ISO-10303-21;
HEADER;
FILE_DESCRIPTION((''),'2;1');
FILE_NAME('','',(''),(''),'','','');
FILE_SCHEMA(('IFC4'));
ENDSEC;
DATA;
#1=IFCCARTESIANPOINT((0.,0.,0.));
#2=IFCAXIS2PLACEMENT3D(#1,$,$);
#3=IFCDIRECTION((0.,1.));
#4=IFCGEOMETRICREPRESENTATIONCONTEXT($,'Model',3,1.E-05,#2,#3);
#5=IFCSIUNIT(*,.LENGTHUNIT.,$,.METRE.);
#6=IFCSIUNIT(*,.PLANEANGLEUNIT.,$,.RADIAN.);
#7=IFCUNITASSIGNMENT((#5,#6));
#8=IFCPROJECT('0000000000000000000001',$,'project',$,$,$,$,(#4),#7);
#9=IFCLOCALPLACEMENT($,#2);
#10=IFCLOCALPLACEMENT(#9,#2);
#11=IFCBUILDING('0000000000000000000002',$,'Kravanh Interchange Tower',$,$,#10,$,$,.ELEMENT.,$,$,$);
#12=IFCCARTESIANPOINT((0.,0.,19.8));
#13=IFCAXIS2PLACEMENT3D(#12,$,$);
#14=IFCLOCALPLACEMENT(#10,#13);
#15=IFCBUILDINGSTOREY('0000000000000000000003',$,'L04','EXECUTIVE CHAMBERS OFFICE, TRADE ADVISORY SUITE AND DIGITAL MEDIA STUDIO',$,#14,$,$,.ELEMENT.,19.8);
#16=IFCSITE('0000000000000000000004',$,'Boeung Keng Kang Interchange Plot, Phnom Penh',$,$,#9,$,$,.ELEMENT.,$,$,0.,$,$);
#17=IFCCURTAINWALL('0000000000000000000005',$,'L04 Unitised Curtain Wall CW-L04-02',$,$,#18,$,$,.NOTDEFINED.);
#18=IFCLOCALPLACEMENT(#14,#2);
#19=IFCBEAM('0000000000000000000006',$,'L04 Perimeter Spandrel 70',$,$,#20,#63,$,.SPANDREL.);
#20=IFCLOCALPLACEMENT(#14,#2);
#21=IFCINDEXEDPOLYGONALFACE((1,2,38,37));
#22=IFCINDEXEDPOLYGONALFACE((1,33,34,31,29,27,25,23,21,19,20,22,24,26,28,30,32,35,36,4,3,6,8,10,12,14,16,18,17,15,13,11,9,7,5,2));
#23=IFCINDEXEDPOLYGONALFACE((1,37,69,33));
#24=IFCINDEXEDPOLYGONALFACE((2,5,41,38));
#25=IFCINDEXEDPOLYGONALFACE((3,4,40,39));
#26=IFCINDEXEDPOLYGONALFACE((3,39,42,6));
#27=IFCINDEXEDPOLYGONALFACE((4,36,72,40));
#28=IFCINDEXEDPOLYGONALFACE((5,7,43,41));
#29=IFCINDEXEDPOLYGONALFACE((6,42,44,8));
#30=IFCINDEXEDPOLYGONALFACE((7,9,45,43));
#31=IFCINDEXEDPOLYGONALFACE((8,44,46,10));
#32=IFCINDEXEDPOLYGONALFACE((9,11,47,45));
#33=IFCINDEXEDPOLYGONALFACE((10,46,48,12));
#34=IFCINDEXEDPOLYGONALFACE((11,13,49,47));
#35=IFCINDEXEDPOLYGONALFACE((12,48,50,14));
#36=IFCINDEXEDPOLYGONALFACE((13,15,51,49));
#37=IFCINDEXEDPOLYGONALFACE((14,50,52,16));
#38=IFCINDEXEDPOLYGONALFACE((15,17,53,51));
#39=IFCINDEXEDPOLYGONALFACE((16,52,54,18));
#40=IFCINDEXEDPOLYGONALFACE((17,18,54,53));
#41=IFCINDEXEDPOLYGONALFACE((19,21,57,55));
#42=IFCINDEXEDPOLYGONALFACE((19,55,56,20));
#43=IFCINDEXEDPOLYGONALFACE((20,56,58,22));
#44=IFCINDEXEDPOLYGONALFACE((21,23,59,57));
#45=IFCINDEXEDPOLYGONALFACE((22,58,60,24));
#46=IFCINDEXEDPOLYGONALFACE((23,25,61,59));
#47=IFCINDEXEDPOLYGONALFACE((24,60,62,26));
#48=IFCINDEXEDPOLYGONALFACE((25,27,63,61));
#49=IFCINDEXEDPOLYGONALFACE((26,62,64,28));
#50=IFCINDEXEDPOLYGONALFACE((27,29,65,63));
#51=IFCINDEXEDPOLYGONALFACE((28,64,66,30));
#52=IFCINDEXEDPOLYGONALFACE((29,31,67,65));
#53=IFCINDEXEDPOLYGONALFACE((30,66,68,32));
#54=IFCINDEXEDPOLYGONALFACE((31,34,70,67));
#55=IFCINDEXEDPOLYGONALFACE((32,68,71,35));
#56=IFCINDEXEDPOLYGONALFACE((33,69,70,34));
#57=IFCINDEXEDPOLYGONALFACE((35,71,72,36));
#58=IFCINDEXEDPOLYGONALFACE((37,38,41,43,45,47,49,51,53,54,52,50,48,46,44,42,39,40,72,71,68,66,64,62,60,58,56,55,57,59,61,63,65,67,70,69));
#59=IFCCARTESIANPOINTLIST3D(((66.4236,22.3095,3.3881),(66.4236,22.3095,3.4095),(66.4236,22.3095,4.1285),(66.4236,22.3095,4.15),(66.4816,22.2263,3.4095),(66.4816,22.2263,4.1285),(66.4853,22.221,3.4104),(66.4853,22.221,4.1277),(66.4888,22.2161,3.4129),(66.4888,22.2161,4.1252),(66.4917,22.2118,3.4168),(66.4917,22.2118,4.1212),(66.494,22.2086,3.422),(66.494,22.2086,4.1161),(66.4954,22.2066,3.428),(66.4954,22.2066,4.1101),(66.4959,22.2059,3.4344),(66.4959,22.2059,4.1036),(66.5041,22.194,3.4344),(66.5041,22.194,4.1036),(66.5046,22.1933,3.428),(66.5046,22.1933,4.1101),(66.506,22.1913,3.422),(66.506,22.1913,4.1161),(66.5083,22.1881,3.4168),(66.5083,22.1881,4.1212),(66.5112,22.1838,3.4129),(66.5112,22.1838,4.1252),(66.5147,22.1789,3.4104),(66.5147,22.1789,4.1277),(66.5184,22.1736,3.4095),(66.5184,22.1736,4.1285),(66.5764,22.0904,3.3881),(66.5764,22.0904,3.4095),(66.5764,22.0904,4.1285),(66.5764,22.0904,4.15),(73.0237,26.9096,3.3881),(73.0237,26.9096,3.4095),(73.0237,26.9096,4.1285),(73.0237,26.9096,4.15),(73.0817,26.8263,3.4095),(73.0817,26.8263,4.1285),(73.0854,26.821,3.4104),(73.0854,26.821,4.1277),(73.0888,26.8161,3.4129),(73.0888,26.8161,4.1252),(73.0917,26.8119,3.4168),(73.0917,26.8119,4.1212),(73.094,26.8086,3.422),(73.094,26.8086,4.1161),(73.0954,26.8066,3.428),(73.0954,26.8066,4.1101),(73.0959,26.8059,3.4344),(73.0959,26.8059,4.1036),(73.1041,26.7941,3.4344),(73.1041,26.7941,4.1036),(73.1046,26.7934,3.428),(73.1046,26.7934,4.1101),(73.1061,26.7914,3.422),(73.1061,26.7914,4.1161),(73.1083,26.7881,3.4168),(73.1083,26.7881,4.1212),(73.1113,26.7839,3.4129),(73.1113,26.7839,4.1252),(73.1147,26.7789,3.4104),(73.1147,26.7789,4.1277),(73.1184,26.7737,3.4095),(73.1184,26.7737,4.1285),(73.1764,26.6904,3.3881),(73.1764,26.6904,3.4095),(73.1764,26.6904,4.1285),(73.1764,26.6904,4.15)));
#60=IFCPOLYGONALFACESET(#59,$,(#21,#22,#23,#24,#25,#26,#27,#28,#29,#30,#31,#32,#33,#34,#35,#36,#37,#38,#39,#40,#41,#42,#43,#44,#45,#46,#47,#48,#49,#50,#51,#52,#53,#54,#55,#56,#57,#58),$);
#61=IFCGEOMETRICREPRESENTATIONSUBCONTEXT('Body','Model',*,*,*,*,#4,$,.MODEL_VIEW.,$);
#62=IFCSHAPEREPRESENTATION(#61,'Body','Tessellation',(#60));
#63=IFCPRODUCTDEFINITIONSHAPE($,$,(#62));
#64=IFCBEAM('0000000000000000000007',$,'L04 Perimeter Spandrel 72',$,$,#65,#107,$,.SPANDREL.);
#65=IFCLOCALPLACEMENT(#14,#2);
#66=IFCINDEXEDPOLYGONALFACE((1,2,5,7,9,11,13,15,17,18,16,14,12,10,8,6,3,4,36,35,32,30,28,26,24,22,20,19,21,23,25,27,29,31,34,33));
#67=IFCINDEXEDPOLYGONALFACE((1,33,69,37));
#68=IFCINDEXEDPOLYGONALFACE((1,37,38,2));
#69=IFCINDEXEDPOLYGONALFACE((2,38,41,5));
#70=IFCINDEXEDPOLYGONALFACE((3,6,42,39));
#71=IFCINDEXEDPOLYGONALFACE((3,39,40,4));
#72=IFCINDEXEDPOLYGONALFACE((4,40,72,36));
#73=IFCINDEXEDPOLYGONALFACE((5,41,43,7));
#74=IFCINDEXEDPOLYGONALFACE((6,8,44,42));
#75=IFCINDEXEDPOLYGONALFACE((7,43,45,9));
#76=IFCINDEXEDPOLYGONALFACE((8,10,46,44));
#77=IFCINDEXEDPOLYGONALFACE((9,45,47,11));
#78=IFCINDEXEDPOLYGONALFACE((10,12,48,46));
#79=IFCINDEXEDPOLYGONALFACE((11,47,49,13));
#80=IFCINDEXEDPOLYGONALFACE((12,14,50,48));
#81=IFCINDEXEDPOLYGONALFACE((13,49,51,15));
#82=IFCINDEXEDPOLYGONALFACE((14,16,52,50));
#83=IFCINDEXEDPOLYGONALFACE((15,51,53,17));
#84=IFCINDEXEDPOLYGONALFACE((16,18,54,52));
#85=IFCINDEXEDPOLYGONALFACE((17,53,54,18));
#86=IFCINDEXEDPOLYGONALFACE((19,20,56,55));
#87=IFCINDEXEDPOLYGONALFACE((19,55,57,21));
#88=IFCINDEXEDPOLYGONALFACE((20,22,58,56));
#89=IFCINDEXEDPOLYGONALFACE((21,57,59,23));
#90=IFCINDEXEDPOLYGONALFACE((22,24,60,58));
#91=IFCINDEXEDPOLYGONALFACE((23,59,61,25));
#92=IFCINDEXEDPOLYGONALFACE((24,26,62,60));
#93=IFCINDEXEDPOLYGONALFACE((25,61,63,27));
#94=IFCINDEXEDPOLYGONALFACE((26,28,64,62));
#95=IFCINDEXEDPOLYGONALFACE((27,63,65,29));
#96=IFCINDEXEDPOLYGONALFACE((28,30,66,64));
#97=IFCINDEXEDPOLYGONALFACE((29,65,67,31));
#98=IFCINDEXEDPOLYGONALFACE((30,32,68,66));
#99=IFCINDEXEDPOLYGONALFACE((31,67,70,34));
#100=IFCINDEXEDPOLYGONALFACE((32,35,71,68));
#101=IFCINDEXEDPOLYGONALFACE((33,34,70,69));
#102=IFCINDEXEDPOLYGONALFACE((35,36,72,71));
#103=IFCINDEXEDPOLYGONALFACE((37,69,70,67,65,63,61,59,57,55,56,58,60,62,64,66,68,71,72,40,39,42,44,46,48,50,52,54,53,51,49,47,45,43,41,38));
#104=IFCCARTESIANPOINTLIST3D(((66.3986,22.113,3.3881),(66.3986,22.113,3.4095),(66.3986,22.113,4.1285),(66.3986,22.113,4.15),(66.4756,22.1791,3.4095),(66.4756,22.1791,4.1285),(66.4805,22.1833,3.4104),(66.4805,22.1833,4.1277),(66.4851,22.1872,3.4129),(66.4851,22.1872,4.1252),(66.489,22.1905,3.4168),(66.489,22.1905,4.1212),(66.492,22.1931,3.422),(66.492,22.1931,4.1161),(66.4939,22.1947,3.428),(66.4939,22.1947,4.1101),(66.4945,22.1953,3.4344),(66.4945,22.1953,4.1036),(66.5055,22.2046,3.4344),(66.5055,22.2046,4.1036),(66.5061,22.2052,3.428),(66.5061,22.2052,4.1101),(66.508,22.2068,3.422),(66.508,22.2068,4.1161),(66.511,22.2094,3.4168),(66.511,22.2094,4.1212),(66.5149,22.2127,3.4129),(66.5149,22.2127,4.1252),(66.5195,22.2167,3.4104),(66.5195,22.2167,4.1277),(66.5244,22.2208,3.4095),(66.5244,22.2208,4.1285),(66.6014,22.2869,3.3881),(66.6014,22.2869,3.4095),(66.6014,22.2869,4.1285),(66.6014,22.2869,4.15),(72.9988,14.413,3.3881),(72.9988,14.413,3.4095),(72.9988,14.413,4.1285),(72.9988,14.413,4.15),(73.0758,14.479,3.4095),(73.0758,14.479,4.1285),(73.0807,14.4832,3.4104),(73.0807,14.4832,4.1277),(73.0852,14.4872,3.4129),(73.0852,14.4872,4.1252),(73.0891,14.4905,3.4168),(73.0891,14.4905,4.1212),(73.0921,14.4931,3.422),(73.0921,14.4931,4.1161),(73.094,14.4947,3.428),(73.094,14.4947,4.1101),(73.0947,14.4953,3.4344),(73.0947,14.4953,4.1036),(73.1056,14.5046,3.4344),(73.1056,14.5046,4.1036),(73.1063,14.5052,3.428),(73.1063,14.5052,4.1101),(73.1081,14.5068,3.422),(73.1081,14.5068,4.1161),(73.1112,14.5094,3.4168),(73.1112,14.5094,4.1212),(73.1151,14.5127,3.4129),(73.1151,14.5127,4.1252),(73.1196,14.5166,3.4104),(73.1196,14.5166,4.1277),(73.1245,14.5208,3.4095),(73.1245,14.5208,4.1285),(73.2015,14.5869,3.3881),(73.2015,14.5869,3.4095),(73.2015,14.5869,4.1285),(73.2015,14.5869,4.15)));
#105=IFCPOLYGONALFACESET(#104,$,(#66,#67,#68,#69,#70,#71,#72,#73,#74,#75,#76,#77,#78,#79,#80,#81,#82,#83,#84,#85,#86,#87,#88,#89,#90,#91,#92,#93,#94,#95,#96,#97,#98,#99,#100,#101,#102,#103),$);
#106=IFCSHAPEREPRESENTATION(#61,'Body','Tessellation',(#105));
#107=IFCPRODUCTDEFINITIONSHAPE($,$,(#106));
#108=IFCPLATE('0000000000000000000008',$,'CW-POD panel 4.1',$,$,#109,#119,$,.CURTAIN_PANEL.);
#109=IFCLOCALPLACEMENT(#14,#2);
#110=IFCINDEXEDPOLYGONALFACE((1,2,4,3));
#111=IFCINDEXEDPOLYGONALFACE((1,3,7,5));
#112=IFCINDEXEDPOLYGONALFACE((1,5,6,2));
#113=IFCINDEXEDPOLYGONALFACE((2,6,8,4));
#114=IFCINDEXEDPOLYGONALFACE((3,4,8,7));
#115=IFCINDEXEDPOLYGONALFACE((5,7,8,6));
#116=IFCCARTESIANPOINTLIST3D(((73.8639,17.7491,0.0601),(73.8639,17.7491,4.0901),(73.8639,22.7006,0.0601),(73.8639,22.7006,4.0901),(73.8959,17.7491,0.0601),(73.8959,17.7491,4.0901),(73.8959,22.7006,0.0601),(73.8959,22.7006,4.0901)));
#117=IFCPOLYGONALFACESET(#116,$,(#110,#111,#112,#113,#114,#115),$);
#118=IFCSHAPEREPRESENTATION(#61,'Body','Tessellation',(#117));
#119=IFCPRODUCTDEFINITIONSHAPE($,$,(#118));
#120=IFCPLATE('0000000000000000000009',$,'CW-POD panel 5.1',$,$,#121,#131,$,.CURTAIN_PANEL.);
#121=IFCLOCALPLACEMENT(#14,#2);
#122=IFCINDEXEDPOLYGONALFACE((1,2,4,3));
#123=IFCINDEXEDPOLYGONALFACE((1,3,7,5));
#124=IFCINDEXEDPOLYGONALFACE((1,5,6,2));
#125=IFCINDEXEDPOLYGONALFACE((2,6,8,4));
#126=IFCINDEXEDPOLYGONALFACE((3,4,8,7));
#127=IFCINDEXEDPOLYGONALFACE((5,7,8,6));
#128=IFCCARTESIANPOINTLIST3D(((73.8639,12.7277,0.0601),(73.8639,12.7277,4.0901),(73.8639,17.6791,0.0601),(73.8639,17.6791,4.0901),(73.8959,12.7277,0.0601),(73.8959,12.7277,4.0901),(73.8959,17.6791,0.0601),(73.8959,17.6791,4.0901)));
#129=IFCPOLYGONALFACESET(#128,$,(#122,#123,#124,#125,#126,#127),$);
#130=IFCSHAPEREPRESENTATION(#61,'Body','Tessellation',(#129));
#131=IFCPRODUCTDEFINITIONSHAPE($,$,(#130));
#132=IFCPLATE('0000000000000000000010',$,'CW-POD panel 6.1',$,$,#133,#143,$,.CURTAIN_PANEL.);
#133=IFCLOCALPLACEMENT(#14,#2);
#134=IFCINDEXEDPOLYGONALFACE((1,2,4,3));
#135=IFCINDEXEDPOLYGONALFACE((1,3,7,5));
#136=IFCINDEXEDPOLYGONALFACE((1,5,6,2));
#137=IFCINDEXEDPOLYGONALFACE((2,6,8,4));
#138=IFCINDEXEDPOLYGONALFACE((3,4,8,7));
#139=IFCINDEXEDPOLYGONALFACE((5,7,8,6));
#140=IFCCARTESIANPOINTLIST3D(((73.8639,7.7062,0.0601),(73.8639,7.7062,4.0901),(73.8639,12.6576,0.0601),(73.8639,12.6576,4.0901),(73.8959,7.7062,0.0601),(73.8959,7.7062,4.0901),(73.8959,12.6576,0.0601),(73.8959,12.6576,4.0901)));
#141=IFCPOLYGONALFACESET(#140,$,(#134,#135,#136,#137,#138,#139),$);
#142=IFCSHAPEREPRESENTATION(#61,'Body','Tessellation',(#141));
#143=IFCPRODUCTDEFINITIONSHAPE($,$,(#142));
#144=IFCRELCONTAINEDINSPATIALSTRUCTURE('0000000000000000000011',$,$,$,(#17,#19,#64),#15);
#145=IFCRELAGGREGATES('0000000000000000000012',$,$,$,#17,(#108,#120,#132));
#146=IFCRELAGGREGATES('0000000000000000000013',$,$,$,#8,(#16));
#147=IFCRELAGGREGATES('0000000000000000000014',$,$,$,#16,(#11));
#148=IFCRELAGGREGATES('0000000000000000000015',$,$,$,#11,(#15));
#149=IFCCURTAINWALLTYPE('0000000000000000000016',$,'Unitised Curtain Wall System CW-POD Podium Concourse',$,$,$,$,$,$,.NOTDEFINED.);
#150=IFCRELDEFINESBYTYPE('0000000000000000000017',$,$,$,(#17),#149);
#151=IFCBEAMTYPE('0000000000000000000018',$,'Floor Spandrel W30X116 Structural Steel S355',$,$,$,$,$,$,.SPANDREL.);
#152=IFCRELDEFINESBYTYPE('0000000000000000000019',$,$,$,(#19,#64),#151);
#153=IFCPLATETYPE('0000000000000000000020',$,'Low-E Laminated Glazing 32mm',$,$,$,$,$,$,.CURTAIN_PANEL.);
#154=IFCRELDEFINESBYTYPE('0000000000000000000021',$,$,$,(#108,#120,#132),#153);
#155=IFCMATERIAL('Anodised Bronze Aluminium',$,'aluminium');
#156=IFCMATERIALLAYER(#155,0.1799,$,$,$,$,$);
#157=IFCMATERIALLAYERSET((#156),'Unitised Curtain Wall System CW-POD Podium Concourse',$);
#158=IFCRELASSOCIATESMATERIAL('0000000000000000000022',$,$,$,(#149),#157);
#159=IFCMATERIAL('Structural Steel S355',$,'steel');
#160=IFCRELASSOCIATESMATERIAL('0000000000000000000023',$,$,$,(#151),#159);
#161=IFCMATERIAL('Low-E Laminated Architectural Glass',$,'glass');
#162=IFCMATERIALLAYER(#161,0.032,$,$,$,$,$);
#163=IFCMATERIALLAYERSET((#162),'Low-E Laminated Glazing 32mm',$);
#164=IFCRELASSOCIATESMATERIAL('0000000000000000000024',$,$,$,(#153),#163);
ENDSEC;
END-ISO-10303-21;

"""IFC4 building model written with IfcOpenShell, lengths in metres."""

from ifc_helpers import new_model, si_unit, direction, frame, origin, origin_2d, place, context, subcontext, project, spatial, rectangle, i_section, extrude, material, layer, layer_set, material_profile, profile_set, type_object, element, aggregate, save


model = new_model("IFC4")

# Units and contexts
model_context = context("Model", 3, precision=1e-05, world=origin(), true_north=direction((0.0, 1.0)))
body_context = subcontext(model_context, "Body", "Model", "MODEL_VIEW")
ifc_project = project(units=[si_unit("LENGTHUNIT", "METRE"), si_unit("PLANEANGLEUNIT", "RADIAN")], contexts=[model_context])

# Site, building, storey
site_placement = place(None, origin())
site = spatial("IfcSite", under=ifc_project, at=site_placement, Name="Boeung Keng Kang Interchange Plot, Phnom Penh", CompositionType="ELEMENT", RefElevation=0.0)
building_placement = place(site_placement, origin())
building = spatial("IfcBuilding", under=site, at=building_placement, Name="Kravanh Interchange Tower", CompositionType="ELEMENT")
storey_placement = place(building_placement, frame((0.0, 0.0, 19.8)))
storey = spatial("IfcBuildingStorey", under=building, at=storey_placement, Name="L04", Description="EXECUTIVE CHAMBERS OFFICE, TRADE ADVISORY SUITE AND DIGITAL MEDIA STUDIO", CompositionType="ELEMENT", Elevation=19.8)

# Curtain wall
ifc_material_1 = material(Name="Anodised Bronze Aluminium", Category="aluminium")
ifc_layer_1 = layer(ifc_material_1, 0.1799)
ifc_layer_set_1 = layer_set([ifc_layer_1], Name="Unitised Curtain Wall System CW-POD Podium Concourse")
curtain_wall_type = type_object("IfcCurtainWallType", Name="Unitised Curtain Wall System CW-POD Podium Concourse", PredefinedType="NOTDEFINED", material=ifc_layer_set_1)
curtain_wall_placement = place(storey_placement, origin())
curtain_wall = element("IfcCurtainWall", 1, at=curtain_wall_placement, inside=storey, type_object=curtain_wall_type, Name="L04 Unitised Curtain Wall CW-L04-02", PredefinedType="NOTDEFINED")

# Beams
ifc_material_2 = material(Name="Structural Steel S355", Category="steel")
ifc_material_profile_1 = material_profile(ifc_material_2, i_section(OverallWidth=0.2671, OverallDepth=0.762, WebThickness=0.0144, FlangeThickness=0.0215, FilletRadius=0.0249, at=origin_2d()), Name="W30X116")
ifc_profile_set_1 = profile_set([ifc_material_profile_1], Name="Structural Steel S355")
beam_type_1 = type_object("IfcBeamType", Name="Floor Spandrel W30X116 Structural Steel S355", PredefinedType="SPANDREL", material=ifc_profile_set_1)
beam_1_placement = place(storey_placement, frame((66.5, 22.2, 3.769), z_axis=(0.820396, 0.571795, 0.0), x_axis=(-0.571795, 0.820396, 0.0)))
element("IfcBeam", 2, at=beam_1_placement, inside=storey, type_object=beam_type_1, Name="L04 Perimeter Spandrel 70", PredefinedType="SPANDREL", context=body_context, shape_type="SweptSolid", body=[
    extrude(i_section(OverallWidth=0.2671, OverallDepth=0.762, WebThickness=0.0144, FlangeThickness=0.0215, FilletRadius=0.0249, at=origin_2d()), origin(), (0.0, 0.0, 1.0), 8.0449),
])
beam_2_placement = place(storey_placement, frame((66.5, 22.2, 3.769), z_axis=(0.650799, -0.75925, 0.0), x_axis=(0.75925, 0.650799, 0.0)))
element("IfcBeam", 3, at=beam_2_placement, inside=storey, type_object=beam_type_1, Name="L04 Perimeter Spandrel 72", PredefinedType="SPANDREL", context=body_context, shape_type="SweptSolid", body=[
    extrude(i_section(OverallWidth=0.2671, OverallDepth=0.762, WebThickness=0.0144, FlangeThickness=0.0215, FilletRadius=0.0249, at=origin_2d()), origin(), (0.0, 0.0, 1.0), 10.1416),
])

# Plates
ifc_material_3 = material(Name="Low-E Laminated Architectural Glass", Category="glass")
ifc_layer_2 = layer(ifc_material_3, 0.032)
ifc_layer_set_2 = layer_set([ifc_layer_2], Name="Low-E Laminated Glazing 32mm")
plate_type = type_object("IfcPlateType", Name="Low-E Laminated Glazing 32mm", PredefinedType="CURTAIN_PANEL", material=ifc_layer_set_2)
plate_1_placement = place(storey_placement, frame((73.8799, 20.2249, 0.0601), z_axis=(0.0, 0.0, 1.0), x_axis=(0.0, -1.0, 0.0)))
plate_1 = element("IfcPlate", 4, at=plate_1_placement, type_object=plate_type, Name="CW-POD panel 4.1", PredefinedType="CURTAIN_PANEL", context=body_context, shape_type="SweptSolid", body=[
    extrude(rectangle(XDim=4.9514, YDim=0.032, at=origin_2d()), origin(), (0.0, 0.0, 1.0), 4.03),
])
plate_2_placement = place(storey_placement, frame((73.8799, 15.2034, 0.0601), z_axis=(0.0, 0.0, 1.0), x_axis=(0.0, -1.0, 0.0)))
plate_2 = element("IfcPlate", 5, at=plate_2_placement, type_object=plate_type, Name="CW-POD panel 5.1", PredefinedType="CURTAIN_PANEL", context=body_context, shape_type="SweptSolid", body=[
    extrude(rectangle(XDim=4.9514, YDim=0.032, at=origin_2d()), origin(), (0.0, 0.0, 1.0), 4.03),
])
plate_3_placement = place(storey_placement, frame((73.8799, 10.1819, 0.0601), z_axis=(0.0, 0.0, 1.0), x_axis=(0.0, -1.0, 0.0)))
plate_3 = element("IfcPlate", 6, at=plate_3_placement, type_object=plate_type, Name="CW-POD panel 6.1", PredefinedType="CURTAIN_PANEL", context=body_context, shape_type="SweptSolid", body=[
    extrude(rectangle(XDim=4.9514, YDim=0.032, at=origin_2d()), origin(), (0.0, 0.0, 1.0), 4.03),
])
aggregate(curtain_wall, [plate_1, plate_2, plate_3])

save(model, "model.ifc")
